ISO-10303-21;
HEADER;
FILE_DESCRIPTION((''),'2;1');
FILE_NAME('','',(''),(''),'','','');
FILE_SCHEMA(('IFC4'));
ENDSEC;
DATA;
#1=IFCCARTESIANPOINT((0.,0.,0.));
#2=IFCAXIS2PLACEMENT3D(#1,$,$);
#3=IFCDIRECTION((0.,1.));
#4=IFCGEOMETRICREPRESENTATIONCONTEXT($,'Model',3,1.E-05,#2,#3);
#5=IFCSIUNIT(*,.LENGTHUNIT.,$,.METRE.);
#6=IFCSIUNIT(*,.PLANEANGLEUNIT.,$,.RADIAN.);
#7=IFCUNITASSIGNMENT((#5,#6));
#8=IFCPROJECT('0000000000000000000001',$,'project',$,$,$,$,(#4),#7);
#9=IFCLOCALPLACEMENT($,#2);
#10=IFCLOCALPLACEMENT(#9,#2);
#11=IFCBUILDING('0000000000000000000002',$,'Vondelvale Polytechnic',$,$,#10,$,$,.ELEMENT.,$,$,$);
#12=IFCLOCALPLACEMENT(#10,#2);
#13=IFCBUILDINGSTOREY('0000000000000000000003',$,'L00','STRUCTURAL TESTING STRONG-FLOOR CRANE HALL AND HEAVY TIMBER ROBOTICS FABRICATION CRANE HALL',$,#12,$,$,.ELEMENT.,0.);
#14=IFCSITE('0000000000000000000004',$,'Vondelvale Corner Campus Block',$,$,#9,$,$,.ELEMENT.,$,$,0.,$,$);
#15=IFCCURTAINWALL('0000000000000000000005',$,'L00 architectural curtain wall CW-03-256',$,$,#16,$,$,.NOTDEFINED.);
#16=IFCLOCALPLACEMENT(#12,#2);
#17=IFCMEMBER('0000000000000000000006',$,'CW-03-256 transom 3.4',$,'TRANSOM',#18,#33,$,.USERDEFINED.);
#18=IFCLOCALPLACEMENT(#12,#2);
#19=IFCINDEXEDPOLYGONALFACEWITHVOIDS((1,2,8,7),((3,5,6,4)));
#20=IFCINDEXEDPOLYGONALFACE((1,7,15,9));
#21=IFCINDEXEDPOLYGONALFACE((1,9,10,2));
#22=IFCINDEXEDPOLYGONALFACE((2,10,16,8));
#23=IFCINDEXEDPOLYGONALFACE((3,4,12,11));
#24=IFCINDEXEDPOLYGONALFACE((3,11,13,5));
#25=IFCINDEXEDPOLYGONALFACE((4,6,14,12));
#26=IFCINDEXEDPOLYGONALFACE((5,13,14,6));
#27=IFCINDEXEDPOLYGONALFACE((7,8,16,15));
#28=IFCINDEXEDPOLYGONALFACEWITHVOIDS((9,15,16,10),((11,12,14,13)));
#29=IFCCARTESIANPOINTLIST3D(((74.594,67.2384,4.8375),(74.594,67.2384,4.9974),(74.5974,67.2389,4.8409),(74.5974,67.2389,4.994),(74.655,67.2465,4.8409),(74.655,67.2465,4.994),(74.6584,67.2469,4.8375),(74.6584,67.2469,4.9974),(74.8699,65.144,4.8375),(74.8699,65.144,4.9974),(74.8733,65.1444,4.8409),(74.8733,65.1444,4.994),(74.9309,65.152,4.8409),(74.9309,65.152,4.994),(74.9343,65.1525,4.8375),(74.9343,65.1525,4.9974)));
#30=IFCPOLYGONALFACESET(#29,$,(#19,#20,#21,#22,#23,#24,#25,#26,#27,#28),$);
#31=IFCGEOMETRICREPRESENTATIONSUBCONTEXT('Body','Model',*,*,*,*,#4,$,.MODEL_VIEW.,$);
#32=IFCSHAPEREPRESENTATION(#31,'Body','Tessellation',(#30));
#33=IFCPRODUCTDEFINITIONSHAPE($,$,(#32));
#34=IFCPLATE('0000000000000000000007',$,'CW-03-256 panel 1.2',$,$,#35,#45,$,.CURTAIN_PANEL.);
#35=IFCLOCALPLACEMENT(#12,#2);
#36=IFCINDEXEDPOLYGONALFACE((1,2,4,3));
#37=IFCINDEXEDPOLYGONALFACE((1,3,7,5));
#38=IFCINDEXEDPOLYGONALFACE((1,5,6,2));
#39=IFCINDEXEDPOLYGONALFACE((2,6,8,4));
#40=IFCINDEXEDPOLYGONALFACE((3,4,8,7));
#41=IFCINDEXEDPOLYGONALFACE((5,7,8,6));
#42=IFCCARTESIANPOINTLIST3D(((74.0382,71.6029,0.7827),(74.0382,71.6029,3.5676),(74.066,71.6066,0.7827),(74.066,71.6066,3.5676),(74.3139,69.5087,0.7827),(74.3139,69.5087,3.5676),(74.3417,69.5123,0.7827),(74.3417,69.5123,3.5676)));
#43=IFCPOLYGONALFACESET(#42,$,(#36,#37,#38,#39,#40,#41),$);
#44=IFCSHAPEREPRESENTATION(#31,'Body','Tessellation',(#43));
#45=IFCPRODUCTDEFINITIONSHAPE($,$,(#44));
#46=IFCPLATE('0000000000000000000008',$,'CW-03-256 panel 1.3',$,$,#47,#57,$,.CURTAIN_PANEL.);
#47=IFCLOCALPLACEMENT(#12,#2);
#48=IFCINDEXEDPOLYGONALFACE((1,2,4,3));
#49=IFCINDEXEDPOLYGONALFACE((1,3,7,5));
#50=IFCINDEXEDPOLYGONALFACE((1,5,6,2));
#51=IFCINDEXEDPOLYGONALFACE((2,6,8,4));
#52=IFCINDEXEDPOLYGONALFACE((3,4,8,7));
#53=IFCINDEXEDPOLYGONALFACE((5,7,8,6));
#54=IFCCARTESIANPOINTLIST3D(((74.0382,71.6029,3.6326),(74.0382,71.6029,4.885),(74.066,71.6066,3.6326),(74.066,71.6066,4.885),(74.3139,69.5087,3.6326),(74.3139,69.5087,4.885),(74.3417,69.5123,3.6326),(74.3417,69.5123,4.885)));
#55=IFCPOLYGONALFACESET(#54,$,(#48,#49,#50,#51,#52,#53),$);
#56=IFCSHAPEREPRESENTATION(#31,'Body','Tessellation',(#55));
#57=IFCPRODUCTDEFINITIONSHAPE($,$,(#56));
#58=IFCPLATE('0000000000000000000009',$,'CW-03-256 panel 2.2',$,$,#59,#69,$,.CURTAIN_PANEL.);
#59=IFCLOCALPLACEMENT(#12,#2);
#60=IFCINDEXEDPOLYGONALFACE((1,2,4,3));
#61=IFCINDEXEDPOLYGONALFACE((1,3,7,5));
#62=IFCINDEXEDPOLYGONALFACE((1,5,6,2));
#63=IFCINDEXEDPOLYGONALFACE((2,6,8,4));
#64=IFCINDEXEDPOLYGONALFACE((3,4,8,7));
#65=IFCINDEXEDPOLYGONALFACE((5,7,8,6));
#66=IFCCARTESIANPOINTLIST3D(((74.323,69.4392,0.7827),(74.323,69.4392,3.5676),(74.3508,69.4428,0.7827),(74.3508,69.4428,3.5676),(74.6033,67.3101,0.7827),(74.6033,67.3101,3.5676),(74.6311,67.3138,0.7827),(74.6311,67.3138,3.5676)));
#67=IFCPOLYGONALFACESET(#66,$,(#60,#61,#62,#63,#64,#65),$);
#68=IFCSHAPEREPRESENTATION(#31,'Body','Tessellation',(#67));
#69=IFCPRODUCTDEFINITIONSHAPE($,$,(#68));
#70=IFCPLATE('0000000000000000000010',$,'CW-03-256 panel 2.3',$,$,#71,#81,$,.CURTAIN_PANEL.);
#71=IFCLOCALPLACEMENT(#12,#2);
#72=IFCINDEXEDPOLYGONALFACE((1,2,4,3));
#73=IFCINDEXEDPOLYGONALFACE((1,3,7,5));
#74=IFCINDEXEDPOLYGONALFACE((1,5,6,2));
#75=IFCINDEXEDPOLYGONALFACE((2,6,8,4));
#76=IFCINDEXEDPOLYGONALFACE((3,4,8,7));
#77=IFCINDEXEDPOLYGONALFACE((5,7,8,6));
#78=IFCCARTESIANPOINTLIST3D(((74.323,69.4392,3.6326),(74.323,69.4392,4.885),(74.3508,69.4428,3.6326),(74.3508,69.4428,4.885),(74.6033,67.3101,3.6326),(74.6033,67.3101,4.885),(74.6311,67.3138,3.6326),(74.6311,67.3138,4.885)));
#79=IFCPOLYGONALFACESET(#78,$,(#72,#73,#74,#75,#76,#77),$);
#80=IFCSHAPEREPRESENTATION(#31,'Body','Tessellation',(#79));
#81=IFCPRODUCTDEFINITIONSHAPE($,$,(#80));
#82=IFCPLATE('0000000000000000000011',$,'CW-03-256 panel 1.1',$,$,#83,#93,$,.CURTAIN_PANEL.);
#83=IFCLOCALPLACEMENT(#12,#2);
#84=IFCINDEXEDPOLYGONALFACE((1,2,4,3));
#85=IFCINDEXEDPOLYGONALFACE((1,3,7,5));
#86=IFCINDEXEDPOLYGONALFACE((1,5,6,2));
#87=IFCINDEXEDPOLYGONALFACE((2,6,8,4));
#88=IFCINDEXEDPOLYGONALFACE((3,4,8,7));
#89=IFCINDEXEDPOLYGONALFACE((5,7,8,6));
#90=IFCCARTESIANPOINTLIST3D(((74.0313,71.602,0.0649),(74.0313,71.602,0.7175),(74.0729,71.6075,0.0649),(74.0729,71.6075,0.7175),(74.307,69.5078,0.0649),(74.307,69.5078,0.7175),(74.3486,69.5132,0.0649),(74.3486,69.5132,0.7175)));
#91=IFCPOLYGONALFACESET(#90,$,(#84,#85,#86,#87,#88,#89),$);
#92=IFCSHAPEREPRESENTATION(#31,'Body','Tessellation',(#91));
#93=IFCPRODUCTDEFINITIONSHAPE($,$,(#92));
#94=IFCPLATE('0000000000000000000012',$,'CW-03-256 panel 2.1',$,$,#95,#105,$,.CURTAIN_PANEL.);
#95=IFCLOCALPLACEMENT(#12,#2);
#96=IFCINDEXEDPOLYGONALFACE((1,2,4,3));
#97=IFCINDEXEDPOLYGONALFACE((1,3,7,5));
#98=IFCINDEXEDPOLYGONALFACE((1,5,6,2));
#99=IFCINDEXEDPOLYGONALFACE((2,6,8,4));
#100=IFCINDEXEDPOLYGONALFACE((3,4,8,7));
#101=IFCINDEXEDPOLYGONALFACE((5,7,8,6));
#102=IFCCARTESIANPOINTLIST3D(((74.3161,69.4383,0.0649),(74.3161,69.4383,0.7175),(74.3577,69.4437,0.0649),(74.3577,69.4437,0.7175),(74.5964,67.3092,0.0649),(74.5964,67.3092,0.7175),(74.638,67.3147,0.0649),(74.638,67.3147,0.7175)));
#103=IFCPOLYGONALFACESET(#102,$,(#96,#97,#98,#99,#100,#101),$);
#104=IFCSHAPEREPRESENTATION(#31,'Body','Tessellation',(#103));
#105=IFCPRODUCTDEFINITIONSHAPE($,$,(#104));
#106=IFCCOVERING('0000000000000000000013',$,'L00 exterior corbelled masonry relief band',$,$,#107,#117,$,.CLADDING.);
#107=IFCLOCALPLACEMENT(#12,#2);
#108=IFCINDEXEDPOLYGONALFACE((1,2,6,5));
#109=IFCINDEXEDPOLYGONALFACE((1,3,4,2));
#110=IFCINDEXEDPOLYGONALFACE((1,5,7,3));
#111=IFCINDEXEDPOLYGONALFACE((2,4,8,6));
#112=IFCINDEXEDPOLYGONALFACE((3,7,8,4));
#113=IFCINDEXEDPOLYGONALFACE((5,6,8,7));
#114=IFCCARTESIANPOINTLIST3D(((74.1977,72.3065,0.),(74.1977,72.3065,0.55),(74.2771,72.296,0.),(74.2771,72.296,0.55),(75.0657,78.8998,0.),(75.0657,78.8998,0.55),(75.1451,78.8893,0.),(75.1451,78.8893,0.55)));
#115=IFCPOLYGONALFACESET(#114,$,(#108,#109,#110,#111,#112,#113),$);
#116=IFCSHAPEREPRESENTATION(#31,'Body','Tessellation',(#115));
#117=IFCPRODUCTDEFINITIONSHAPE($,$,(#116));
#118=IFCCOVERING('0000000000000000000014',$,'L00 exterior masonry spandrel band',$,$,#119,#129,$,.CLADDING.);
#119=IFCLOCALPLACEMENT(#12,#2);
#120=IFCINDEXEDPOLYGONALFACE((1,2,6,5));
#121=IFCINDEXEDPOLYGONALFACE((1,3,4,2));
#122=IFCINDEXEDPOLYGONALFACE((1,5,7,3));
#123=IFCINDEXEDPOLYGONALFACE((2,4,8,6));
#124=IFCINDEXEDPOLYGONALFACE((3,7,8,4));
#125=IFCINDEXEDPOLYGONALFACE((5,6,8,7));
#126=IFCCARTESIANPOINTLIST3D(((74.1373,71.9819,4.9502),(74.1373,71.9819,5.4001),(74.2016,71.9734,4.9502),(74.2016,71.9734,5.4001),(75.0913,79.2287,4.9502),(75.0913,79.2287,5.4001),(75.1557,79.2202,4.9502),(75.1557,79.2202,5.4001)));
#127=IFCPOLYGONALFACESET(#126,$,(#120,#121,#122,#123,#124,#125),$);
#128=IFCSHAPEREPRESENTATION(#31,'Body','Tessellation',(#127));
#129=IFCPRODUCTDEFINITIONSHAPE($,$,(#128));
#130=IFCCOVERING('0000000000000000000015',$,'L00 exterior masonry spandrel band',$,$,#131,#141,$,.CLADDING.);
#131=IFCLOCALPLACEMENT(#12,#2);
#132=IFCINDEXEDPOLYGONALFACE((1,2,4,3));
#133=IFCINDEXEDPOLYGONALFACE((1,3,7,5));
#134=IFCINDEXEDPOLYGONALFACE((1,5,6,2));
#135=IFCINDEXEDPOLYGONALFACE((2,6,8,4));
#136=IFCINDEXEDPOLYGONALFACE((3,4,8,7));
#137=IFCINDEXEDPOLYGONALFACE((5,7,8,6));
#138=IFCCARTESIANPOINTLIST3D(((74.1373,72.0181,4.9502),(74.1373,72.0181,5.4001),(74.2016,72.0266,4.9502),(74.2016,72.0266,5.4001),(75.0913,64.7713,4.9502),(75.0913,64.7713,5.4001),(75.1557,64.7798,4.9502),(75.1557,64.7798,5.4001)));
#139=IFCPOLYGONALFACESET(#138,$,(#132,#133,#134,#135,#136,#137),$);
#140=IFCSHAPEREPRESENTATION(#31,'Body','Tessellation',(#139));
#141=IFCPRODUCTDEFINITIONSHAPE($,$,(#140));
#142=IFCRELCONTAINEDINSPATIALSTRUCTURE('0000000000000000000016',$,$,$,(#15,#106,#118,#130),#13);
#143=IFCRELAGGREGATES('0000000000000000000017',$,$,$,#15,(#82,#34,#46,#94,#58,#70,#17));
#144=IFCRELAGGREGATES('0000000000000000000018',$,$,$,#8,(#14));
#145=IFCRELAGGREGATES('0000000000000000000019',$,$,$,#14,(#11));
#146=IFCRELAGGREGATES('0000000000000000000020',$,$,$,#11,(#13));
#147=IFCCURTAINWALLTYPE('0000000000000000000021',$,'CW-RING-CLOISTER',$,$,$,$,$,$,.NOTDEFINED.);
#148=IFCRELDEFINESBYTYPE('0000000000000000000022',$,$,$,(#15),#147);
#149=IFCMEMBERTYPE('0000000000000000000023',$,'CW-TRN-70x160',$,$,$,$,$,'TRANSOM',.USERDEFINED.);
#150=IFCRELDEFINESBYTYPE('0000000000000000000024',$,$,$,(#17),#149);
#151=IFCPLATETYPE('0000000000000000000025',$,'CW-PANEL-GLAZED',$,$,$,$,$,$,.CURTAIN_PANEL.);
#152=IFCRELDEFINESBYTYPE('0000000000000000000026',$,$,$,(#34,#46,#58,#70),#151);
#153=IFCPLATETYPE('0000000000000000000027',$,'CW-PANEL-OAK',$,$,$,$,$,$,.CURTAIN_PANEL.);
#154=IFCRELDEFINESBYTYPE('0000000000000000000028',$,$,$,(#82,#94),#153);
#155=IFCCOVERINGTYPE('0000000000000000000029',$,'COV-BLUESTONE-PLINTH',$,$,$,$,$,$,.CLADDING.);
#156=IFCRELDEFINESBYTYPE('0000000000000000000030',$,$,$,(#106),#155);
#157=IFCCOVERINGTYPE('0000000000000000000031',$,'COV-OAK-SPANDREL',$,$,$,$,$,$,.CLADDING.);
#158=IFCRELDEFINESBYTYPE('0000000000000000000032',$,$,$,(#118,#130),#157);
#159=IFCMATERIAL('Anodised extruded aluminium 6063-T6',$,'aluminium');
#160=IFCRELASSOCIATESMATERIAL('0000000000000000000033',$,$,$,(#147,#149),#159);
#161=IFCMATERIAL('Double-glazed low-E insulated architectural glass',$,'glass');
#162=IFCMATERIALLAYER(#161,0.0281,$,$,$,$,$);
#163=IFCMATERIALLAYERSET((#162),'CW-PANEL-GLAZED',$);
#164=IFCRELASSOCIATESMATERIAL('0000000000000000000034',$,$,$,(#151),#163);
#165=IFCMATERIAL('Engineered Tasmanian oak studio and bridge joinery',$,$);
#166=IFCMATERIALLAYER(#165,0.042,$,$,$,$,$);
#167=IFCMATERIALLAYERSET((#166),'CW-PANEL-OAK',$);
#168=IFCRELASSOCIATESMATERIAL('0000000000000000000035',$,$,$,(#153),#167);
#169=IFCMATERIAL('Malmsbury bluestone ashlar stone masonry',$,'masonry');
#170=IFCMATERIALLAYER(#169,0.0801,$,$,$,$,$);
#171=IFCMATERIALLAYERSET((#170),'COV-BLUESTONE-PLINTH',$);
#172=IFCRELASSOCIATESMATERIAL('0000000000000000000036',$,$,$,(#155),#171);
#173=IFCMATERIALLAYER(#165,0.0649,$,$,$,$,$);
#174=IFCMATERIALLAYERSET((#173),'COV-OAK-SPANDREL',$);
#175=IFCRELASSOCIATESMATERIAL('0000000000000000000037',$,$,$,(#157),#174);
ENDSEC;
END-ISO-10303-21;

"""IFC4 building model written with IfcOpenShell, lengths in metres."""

from ifc_helpers import new_model, si_unit, direction, frame, origin, origin_2d, place, context, subcontext, project, spatial, rectangle, hollow_rectangle, extrude, material, layer, layer_set, material_profile, profile_set, type_object, element, aggregate, save


model = new_model("IFC4")

# Units and contexts
model_context = context("Model", 3, precision=1e-05, world=origin(), true_north=direction((0.0, 1.0)))
body_context = subcontext(model_context, "Body", "Model", "MODEL_VIEW")
ifc_project = project(units=[si_unit("LENGTHUNIT", "METRE"), si_unit("PLANEANGLEUNIT", "RADIAN")], contexts=[model_context])

# Site, building, storey
site_placement = place(None, origin())
site = spatial("IfcSite", under=ifc_project, at=site_placement, Name="Vondelvale Corner Campus Block", CompositionType="ELEMENT", RefElevation=0.0)
building_placement = place(site_placement, origin())
building = spatial("IfcBuilding", under=site, at=building_placement, Name="Vondelvale Polytechnic", CompositionType="ELEMENT")
storey_placement = place(building_placement, origin())
storey = spatial("IfcBuildingStorey", under=building, at=storey_placement, Name="L00", Description="STRUCTURAL TESTING STRONG-FLOOR CRANE HALL AND HEAVY TIMBER ROBOTICS FABRICATION CRANE HALL", CompositionType="ELEMENT", Elevation=0.0)

# Curtain wall, member, plates
ifc_material_1 = material(Name="Anodised extruded aluminium 6063-T6", Category="aluminium")
curtain_wall_type = type_object("IfcCurtainWallType", Name="CW-RING-CLOISTER", PredefinedType="NOTDEFINED", material=ifc_material_1)
curtain_wall_placement = place(storey_placement, origin())
curtain_wall = element("IfcCurtainWall", 1, at=curtain_wall_placement, inside=storey, type_object=curtain_wall_type, Name="L00 architectural curtain wall CW-03-256", PredefinedType="NOTDEFINED")
ifc_material_profile_1 = material_profile(ifc_material_1, hollow_rectangle(XDim=0.0649, YDim=0.1599, WallThickness=0.0034, at=origin_2d()), Name="CW-TRN-160x65")
ifc_profile_set_1 = profile_set([ifc_material_profile_1], Name="Anodised extruded aluminium 6063-T6")
member_type_1 = type_object("IfcMemberType", Name="CW-TRN-70x160", ElementType="TRANSOM", PredefinedType="USERDEFINED", material=ifc_profile_set_1)
member_1_placement = place(storey_placement, frame((74.6262, 67.2427, 4.9175), z_axis=(0.130589, -0.991437, 0.0), x_axis=(0.991437, 0.130589, 0.0)))
member_1 = element("IfcMember", 2, at=member_1_placement, type_object=member_type_1, Name="CW-03-256 transom 3.4", ObjectType="TRANSOM", PredefinedType="USERDEFINED", context=body_context, shape_type="SweptSolid", body=[
    extrude(hollow_rectangle(XDim=0.0649, YDim=0.1599, WallThickness=0.0034, at=origin_2d()), origin(), (0.0, 0.0, 1.0), 2.1125),
])
ifc_material_2 = material(Name="Double-glazed low-E insulated architectural glass", Category="glass")
ifc_layer_1 = layer(ifc_material_2, 0.0281)
ifc_layer_set_1 = layer_set([ifc_layer_1], Name="CW-PANEL-GLAZED")
plate_type_1 = type_object("IfcPlateType", Name="CW-PANEL-GLAZED", PredefinedType="CURTAIN_PANEL", material=ifc_layer_set_1)
plate_1_placement = place(storey_placement, frame((74.1899, 70.5576, 0.7827), z_axis=(0.0, 0.0, 1.0), x_axis=(0.130528, -0.991445, 0.0)))
plate_1 = element("IfcPlate", 3, at=plate_1_placement, type_object=plate_type_1, Name="CW-03-256 panel 1.2", PredefinedType="CURTAIN_PANEL", context=body_context, shape_type="SweptSolid", body=[
    extrude(rectangle(XDim=2.1123, YDim=0.0281, at=origin_2d()), origin(), (0.0, 0.0, 1.0), 2.7849),
])
plate_2_placement = place(storey_placement, frame((74.1899, 70.5576, 3.6326), z_axis=(0.0, 0.0, 1.0), x_axis=(0.130528, -0.991445, 0.0)))
plate_2 = element("IfcPlate", 4, at=plate_2_placement, type_object=plate_type_1, Name="CW-03-256 panel 1.3", PredefinedType="CURTAIN_PANEL", context=body_context, shape_type="SweptSolid", body=[
    extrude(rectangle(XDim=2.1123, YDim=0.0281, at=origin_2d()), origin(), (0.0, 0.0, 1.0), 1.2524),
])
plate_3_placement = place(storey_placement, frame((74.4771, 68.3765, 0.7827), z_axis=(0.0, 0.0, 1.0), x_axis=(0.130528, -0.991445, 0.0)))
plate_3 = element("IfcPlate", 5, at=plate_3_placement, type_object=plate_type_1, Name="CW-03-256 panel 2.2", PredefinedType="CURTAIN_PANEL", context=body_context, shape_type="SweptSolid", body=[
    extrude(rectangle(XDim=2.1475, YDim=0.0281, at=origin_2d()), origin(), (0.0, 0.0, 1.0), 2.7849),
])
plate_4_placement = place(storey_placement, frame((74.4771, 68.3765, 3.6326), z_axis=(0.0, 0.0, 1.0), x_axis=(0.130528, -0.991445, 0.0)))
plate_4 = element("IfcPlate", 6, at=plate_4_placement, type_object=plate_type_1, Name="CW-03-256 panel 2.3", PredefinedType="CURTAIN_PANEL", context=body_context, shape_type="SweptSolid", body=[
    extrude(rectangle(XDim=2.1475, YDim=0.0281, at=origin_2d()), origin(), (0.0, 0.0, 1.0), 1.2524),
])
ifc_material_3 = material(Name="Engineered Tasmanian oak studio and bridge joinery")
ifc_layer_2 = layer(ifc_material_3, 0.042)
ifc_layer_set_2 = layer_set([ifc_layer_2], Name="CW-PANEL-OAK")
plate_type_2 = type_object("IfcPlateType", Name="CW-PANEL-OAK", PredefinedType="CURTAIN_PANEL", material=ifc_layer_set_2)
plate_5_placement = place(storey_placement, frame((74.1899, 70.5576, 0.0649), z_axis=(0.0, 0.0, 1.0), x_axis=(0.130528, -0.991445, 0.0)))
plate_5 = element("IfcPlate", 7, at=plate_5_placement, type_object=plate_type_2, Name="CW-03-256 panel 1.1", PredefinedType="CURTAIN_PANEL", context=body_context, shape_type="SweptSolid", body=[
    extrude(rectangle(XDim=2.1123, YDim=0.042, at=origin_2d()), origin(), (0.0, 0.0, 1.0), 0.6526),
])
plate_6_placement = place(storey_placement, frame((74.4771, 68.3765, 0.0649), z_axis=(0.0, 0.0, 1.0), x_axis=(0.130528, -0.991445, 0.0)))
plate_6 = element("IfcPlate", 8, at=plate_6_placement, type_object=plate_type_2, Name="CW-03-256 panel 2.1", PredefinedType="CURTAIN_PANEL", context=body_context, shape_type="SweptSolid", body=[
    extrude(rectangle(XDim=2.1475, YDim=0.042, at=origin_2d()), origin(), (0.0, 0.0, 1.0), 0.6526),
])
aggregate(curtain_wall, [plate_5, plate_1, plate_2, plate_6, plate_3, plate_4, member_1])

# Coverings
ifc_material_4 = material(Name="Malmsbury bluestone ashlar stone masonry", Category="masonry")
ifc_layer_3 = layer(ifc_material_4, 0.0801)
ifc_layer_set_3 = layer_set([ifc_layer_3], Name="COV-BLUESTONE-PLINTH")
covering_type_1 = type_object("IfcCoveringType", Name="COV-BLUESTONE-PLINTH", PredefinedType="CLADDING", material=ifc_layer_set_3)
covering_placement = place(storey_placement, frame((74.6714, 75.5979, 0.0), z_axis=(0.0, 0.0, 1.0), x_axis=(-0.130526, -0.991445, 0.0)))
element("IfcCovering", 9, at=covering_placement, inside=storey, type_object=covering_type_1, Name="L00 exterior corbelled masonry relief band", PredefinedType="CLADDING", context=body_context, shape_type="SweptSolid", body=[
    extrude(rectangle(XDim=6.6501, YDim=0.0801, at=origin_2d()), origin(), (0.0, 0.0, 1.0), 0.55),
])
ifc_layer_4 = layer(ifc_material_3, 0.0649)
ifc_layer_set_4 = layer_set([ifc_layer_4], Name="COV-OAK-SPANDREL")
covering_type_2 = type_object("IfcCoveringType", Name="COV-OAK-SPANDREL", PredefinedType="CLADDING", material=ifc_layer_set_4)
for number, where, z_axis, x_axis, name in (
    (10, (74.6465, 75.6011, 4.9502), (0.0, 0.0, 1.0), (-0.130526, -0.991445, 0.0), "L00 exterior masonry spandrel band"),
    (11, (74.6465, 68.3989, 4.9502), (0.0, 0.0, 1.0), (0.130526, -0.991445, 0.0), "L00 exterior masonry spandrel band"),
):
    element("IfcCovering", number, at=place(storey_placement, frame(where, z_axis=z_axis, x_axis=x_axis)), inside=storey, type_object=covering_type_2, Name=name, PredefinedType="CLADDING", context=body_context, shape_type="SweptSolid", body=[
        extrude(rectangle(XDim=7.3093, YDim=0.0649, at=origin_2d()), origin(), (0.0, 0.0, 1.0), 0.45),
    ])

save(model, "model.ifc")
